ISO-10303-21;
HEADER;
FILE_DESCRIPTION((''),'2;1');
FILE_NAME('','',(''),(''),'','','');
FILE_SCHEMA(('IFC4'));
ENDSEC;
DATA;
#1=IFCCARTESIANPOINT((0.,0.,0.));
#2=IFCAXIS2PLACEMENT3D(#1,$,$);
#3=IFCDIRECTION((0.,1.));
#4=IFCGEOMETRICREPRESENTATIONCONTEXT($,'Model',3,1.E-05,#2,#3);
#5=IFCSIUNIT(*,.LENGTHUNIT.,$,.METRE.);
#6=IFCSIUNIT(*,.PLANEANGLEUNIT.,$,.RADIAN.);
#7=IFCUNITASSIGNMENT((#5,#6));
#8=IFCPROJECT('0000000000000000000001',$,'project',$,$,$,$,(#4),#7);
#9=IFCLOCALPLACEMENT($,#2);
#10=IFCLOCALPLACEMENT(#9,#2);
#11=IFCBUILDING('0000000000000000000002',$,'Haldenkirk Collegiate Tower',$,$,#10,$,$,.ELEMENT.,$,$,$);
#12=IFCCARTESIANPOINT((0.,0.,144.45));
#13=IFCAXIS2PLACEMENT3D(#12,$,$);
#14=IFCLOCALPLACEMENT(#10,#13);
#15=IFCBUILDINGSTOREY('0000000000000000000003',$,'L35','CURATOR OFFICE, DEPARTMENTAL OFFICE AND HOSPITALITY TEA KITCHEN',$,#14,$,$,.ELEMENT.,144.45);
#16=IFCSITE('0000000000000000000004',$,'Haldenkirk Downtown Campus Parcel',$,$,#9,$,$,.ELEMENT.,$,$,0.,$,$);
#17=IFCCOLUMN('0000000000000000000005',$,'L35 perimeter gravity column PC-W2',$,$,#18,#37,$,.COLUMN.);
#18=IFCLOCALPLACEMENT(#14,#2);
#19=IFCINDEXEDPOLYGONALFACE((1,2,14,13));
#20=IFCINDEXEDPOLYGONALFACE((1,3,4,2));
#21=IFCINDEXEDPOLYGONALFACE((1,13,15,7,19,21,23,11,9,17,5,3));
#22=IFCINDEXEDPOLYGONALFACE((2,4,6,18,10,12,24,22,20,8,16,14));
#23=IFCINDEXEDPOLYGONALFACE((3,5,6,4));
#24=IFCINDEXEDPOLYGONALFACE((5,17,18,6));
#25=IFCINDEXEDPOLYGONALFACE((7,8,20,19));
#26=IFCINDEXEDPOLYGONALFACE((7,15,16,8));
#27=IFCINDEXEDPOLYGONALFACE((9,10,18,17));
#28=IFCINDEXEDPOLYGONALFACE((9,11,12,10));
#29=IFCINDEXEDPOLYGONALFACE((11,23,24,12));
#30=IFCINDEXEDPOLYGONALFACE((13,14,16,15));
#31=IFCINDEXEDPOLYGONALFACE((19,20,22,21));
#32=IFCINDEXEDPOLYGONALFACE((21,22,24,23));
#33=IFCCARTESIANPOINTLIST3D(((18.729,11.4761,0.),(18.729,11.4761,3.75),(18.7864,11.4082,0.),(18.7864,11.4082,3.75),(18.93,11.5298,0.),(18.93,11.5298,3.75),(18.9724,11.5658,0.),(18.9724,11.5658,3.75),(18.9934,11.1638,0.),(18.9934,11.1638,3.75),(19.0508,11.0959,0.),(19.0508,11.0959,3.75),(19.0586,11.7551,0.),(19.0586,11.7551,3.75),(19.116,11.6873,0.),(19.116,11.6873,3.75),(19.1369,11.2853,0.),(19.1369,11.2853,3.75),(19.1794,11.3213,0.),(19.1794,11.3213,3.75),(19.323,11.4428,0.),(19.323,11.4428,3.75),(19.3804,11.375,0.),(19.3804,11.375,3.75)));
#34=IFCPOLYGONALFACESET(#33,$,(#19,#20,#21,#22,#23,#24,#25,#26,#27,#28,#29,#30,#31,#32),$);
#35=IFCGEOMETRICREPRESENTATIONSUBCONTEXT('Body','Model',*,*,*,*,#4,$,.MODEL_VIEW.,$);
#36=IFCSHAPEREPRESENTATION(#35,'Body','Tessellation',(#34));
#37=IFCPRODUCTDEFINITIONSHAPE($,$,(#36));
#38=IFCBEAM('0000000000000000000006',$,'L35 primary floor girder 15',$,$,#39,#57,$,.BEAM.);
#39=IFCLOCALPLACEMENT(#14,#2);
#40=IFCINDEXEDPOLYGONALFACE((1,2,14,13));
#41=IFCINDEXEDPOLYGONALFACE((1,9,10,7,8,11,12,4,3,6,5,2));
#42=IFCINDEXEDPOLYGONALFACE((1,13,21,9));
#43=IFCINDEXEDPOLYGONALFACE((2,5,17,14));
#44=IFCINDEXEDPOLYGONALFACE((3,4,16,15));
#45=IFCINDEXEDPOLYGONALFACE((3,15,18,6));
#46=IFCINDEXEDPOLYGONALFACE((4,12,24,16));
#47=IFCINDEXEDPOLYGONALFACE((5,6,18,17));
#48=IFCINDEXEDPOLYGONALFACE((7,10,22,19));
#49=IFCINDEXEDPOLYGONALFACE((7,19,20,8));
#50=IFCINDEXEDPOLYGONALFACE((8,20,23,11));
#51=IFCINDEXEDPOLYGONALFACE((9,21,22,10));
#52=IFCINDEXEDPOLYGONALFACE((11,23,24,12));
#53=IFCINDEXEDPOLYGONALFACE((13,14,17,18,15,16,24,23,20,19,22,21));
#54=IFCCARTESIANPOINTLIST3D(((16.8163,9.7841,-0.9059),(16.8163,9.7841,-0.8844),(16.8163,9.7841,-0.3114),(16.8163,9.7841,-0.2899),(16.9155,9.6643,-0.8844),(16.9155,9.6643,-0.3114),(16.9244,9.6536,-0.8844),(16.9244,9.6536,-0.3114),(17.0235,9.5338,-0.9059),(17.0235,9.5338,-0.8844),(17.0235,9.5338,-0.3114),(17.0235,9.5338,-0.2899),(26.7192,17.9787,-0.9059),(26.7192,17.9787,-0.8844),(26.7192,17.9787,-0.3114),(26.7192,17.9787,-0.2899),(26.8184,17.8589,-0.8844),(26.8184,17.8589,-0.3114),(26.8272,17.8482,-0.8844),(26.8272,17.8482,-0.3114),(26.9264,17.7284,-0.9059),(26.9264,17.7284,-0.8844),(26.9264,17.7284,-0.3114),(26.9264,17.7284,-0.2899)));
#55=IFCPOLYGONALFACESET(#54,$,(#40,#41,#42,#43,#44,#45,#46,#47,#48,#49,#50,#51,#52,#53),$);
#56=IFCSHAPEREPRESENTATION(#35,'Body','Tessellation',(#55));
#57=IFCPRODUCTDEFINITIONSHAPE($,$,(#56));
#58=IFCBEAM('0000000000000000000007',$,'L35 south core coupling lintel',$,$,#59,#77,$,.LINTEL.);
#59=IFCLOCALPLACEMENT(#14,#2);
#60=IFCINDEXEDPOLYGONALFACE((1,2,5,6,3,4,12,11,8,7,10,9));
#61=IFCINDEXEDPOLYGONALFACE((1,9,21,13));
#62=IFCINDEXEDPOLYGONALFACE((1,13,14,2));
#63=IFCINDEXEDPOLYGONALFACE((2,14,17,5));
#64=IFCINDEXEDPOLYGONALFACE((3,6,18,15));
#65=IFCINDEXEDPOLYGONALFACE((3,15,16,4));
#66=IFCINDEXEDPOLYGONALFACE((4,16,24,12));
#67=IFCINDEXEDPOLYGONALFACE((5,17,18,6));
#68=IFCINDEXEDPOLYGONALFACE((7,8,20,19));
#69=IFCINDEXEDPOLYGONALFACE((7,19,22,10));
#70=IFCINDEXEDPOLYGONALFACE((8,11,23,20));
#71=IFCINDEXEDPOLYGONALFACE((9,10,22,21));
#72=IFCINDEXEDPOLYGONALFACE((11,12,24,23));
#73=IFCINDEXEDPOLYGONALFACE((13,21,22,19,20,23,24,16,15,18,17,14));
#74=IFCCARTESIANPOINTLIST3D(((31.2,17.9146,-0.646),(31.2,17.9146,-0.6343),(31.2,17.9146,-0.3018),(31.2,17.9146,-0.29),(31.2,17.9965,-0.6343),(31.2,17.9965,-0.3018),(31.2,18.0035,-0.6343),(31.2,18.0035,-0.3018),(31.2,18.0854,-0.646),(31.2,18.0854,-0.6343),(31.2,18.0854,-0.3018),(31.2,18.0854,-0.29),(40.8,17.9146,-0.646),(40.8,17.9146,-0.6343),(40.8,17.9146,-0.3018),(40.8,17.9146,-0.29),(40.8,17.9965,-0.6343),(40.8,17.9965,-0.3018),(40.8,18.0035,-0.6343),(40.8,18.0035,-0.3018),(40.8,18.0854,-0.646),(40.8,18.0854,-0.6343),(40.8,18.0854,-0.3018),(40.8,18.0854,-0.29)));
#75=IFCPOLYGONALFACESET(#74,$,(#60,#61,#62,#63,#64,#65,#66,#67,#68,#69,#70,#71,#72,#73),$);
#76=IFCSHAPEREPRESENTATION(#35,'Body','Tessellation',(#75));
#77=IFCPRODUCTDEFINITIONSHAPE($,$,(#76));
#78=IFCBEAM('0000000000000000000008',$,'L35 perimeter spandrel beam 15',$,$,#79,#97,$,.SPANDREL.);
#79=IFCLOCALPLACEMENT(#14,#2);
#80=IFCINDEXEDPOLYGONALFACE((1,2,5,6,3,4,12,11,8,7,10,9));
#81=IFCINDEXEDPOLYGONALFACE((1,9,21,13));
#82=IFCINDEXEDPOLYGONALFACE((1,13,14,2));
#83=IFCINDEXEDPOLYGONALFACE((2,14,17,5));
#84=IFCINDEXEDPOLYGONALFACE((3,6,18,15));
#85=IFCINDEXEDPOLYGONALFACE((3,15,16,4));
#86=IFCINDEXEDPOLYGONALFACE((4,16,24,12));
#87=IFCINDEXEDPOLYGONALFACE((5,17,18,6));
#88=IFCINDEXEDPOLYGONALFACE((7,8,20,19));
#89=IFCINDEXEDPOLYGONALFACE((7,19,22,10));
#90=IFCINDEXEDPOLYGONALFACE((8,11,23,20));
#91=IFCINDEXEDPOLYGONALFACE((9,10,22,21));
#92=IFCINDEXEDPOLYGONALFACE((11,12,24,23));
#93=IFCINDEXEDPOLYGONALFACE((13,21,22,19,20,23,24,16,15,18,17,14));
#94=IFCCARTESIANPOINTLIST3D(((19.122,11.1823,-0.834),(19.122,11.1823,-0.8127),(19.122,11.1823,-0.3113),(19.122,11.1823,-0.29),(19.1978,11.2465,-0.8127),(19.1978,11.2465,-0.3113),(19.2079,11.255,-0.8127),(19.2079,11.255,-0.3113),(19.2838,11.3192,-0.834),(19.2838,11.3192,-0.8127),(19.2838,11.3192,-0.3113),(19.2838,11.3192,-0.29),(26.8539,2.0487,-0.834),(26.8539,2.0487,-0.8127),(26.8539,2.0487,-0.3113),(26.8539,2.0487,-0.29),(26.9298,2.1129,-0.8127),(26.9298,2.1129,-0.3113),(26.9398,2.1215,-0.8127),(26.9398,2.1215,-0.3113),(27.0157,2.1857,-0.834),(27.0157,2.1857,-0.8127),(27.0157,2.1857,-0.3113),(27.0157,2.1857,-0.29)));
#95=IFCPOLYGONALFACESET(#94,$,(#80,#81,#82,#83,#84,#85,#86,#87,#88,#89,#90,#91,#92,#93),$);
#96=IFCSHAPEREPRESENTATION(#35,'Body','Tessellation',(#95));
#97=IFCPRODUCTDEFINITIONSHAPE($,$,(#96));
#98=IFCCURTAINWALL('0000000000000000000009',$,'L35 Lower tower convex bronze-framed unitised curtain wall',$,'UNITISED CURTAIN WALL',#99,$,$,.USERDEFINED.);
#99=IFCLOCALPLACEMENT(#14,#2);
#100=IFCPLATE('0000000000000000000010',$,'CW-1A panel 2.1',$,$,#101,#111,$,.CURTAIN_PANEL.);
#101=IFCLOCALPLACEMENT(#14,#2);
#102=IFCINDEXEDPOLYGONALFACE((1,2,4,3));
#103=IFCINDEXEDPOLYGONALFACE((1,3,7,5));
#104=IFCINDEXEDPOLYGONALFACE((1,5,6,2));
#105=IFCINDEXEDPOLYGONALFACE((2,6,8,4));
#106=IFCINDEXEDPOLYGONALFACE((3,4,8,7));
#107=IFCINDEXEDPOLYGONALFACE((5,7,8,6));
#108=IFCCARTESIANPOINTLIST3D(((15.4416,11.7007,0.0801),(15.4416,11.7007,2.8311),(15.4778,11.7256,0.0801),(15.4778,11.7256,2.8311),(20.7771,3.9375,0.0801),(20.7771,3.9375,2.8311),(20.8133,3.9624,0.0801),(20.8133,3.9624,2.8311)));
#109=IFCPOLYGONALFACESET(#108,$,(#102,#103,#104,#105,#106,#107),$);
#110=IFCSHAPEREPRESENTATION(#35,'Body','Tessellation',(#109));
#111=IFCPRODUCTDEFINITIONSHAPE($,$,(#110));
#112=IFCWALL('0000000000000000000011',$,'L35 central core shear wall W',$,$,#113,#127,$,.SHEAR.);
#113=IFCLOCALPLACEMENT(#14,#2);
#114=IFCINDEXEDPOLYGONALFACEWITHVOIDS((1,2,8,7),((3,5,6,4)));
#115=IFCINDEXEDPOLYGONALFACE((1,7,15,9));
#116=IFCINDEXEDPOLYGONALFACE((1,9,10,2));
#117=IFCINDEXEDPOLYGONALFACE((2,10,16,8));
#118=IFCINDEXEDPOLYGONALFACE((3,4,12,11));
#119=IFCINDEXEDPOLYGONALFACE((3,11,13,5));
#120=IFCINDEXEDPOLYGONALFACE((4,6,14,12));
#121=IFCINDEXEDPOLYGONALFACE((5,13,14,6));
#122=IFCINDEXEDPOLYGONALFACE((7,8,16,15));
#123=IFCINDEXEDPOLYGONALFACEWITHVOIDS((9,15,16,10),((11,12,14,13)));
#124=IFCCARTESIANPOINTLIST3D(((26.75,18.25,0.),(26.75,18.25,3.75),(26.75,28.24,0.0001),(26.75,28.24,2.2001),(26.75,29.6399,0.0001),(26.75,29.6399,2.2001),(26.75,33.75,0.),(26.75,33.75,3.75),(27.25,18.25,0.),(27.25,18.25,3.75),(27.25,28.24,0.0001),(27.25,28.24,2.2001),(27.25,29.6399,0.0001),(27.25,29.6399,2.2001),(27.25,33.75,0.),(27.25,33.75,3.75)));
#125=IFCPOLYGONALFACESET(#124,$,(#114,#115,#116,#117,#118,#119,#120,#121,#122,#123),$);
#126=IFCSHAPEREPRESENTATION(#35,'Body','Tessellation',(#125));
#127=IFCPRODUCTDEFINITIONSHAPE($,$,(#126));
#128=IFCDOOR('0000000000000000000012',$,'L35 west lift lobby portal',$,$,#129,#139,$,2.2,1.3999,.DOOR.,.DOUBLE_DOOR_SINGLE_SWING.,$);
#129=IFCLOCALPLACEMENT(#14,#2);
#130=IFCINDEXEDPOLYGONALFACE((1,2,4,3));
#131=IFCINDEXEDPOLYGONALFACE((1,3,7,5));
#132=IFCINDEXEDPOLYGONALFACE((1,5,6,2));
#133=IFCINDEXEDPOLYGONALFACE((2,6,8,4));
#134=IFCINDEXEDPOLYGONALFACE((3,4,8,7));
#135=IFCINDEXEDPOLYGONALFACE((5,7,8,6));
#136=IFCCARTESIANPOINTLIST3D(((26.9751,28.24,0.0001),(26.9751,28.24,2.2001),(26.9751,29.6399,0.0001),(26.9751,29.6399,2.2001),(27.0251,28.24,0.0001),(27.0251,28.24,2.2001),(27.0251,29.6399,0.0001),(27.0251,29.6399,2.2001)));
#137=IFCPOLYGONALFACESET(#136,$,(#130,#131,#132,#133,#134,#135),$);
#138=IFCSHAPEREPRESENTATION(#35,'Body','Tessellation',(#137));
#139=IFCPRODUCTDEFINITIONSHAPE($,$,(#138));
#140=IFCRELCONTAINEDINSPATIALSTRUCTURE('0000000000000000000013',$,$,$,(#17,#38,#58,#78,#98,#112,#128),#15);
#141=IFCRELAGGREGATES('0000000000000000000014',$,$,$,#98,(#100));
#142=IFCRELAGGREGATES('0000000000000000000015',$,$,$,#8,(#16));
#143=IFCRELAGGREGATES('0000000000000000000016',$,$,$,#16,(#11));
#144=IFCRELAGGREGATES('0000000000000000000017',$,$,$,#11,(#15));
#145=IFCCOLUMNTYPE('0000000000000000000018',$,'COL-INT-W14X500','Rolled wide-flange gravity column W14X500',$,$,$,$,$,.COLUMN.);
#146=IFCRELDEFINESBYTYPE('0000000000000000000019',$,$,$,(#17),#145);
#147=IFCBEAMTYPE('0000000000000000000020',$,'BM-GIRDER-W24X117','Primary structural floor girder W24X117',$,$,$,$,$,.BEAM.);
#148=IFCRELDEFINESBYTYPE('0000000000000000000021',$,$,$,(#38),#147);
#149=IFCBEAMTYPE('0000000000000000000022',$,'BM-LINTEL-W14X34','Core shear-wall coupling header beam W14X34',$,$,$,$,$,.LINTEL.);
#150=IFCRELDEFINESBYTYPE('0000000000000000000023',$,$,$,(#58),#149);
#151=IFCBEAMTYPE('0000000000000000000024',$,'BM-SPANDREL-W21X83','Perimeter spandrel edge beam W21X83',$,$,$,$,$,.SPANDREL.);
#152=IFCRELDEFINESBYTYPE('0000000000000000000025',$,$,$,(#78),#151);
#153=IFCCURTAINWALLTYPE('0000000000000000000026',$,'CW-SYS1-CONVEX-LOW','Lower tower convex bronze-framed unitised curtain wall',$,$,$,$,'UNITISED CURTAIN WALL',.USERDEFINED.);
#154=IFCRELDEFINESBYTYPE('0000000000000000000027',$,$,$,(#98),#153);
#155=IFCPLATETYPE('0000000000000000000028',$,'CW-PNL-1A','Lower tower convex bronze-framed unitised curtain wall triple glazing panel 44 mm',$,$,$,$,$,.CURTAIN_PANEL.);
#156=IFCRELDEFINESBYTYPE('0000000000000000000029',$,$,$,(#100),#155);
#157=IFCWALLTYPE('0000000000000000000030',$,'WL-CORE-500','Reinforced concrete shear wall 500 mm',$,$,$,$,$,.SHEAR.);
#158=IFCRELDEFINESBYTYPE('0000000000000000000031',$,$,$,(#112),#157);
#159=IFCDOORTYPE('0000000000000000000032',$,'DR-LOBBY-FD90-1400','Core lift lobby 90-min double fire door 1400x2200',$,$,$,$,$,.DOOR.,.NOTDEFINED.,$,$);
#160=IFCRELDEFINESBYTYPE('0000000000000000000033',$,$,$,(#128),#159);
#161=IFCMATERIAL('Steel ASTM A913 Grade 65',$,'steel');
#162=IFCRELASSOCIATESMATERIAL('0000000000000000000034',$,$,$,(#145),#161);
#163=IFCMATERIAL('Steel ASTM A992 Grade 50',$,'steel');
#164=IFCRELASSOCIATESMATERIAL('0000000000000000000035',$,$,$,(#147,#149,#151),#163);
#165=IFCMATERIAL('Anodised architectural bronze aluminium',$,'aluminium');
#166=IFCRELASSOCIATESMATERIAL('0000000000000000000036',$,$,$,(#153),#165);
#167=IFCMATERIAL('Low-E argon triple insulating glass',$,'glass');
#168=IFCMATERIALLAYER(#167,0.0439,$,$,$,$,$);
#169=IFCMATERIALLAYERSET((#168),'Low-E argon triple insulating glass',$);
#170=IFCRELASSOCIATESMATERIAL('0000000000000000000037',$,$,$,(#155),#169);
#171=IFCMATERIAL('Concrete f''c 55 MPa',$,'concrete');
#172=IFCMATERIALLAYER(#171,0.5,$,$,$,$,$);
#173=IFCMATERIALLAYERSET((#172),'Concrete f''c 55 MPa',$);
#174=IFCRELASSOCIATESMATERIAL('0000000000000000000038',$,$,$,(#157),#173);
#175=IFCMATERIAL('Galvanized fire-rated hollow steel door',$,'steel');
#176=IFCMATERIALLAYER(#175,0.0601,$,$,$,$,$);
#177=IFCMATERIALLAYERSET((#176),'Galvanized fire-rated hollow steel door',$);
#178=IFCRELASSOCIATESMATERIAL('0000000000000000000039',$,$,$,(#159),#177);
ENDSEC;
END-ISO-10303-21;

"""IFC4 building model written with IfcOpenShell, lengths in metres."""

from ifc_helpers import new_model, si_unit, direction, frame, frame_2d, origin, origin_2d, place, context, subcontext, project, spatial, rectangle, i_section, extrude, source, transform, mapped, material, layer, layer_set, material_profile, profile_set, type_object, element, fill, aggregate, save


model = new_model("IFC4")

# Units and contexts
model_context = context("Model", 3, precision=1e-05, world=origin(), true_north=direction((0.0, 1.0)))
body_context = subcontext(model_context, "Body", "Model", "MODEL_VIEW")
ifc_project = project(units=[si_unit("LENGTHUNIT", "METRE"), si_unit("PLANEANGLEUNIT", "RADIAN")], contexts=[model_context])

# Site, building, storey
site_placement = place(None, origin())
site = spatial("IfcSite", under=ifc_project, at=site_placement, Name="Haldenkirk Downtown Campus Parcel", CompositionType="ELEMENT", RefElevation=0.0)
building_placement = place(site_placement, origin())
building = spatial("IfcBuilding", under=site, at=building_placement, Name="Haldenkirk Collegiate Tower", CompositionType="ELEMENT")
storey_placement = place(building_placement, frame((0.0, 0.0, 144.45)))
storey = spatial("IfcBuildingStorey", under=building, at=storey_placement, Name="L35", Description="CURATOR OFFICE, DEPARTMENTAL OFFICE AND HOSPITALITY TEA KITCHEN", CompositionType="ELEMENT", Elevation=144.45)

# Column
ifc_material_1 = material(Name="Steel ASTM A913 Grade 65", Category="steel")
ifc_material_profile_1 = material_profile(ifc_material_1, i_section(OverallWidth=0.4319, OverallDepth=0.498, WebThickness=0.0557, FlangeThickness=0.0889, at=origin_2d()), Name="W14X500")
ifc_profile_set_1 = profile_set([ifc_material_profile_1], Name="Steel ASTM A913 Grade 65")
column_type = type_object("IfcColumnType", Name="COL-INT-W14X500", Description="Rolled wide-flange gravity column W14X500", PredefinedType="COLUMN", material=ifc_profile_set_1)
column_placement = place(storey_placement, frame((19.0547, 11.4255, 0.0), z_axis=(0.0, 0.0, 1.0), x_axis=(0.763232, 0.646124, 0.0)))
element("IfcColumn", 1, at=column_placement, inside=storey, type_object=column_type, Name="L35 perimeter gravity column PC-W2", PredefinedType="COLUMN", context=body_context, shape_type="SweptSolid", body=[
    extrude(i_section(OverallWidth=0.4319, OverallDepth=0.498, WebThickness=0.0557, FlangeThickness=0.0889, at=origin_2d()), origin(), (0.0, 0.0, 1.0), 3.75),
])

# Beams
ifc_material_2 = material(Name="Steel ASTM A992 Grade 50", Category="steel")
ifc_material_profile_2 = material_profile(ifc_material_2, i_section(OverallWidth=0.325, OverallDepth=0.616, WebThickness=0.0139, FlangeThickness=0.0215, at=origin_2d()), Name="W24X117")
ifc_profile_set_2 = profile_set([ifc_material_profile_2], Name="Steel ASTM A992 Grade 50")
beam_type_1 = type_object("IfcBeamType", Name="BM-GIRDER-W24X117", Description="Primary structural floor girder W24X117", PredefinedType="BEAM", material=ifc_profile_set_2)
beam_1_placement = place(storey_placement, frame((16.9199, 9.6589, -0.5979), z_axis=(0.770427, 0.637528, 0.0), x_axis=(-0.637528, 0.770427, 0.0)))
element("IfcBeam", 2, at=beam_1_placement, inside=storey, type_object=beam_type_1, Name="L35 primary floor girder 15", PredefinedType="BEAM", context=body_context, shape_type="SweptSolid", body=[
    extrude(i_section(OverallWidth=0.325, OverallDepth=0.616, WebThickness=0.0139, FlangeThickness=0.0215, at=origin_2d()), origin(), (0.0, 0.0, 1.0), 12.8538),
])
ifc_material_profile_3 = material_profile(ifc_material_2, i_section(OverallWidth=0.1709, OverallDepth=0.356, WebThickness=0.0071, FlangeThickness=0.0117, at=origin_2d()), Name="W14X34")
ifc_profile_set_3 = profile_set([ifc_material_profile_3], Name="Steel ASTM A992 Grade 50")
beam_type_2 = type_object("IfcBeamType", Name="BM-LINTEL-W14X34", Description="Core shear-wall coupling header beam W14X34", PredefinedType="LINTEL", material=ifc_profile_set_3)
beam_2_placement = place(storey_placement, frame((31.2, 18.0, -0.468), z_axis=(1.0, 0.0, 0.0), x_axis=(0.0, 1.0, 0.0)))
element("IfcBeam", 3, at=beam_2_placement, inside=storey, type_object=beam_type_2, Name="L35 south core coupling lintel", PredefinedType="LINTEL", context=body_context, shape_type="SweptSolid", body=[
    extrude(i_section(OverallWidth=0.1709, OverallDepth=0.356, WebThickness=0.0071, FlangeThickness=0.0117, at=origin_2d()), origin(), (0.0, 0.0, 1.0), 9.6001),
])
ifc_material_profile_4 = material_profile(ifc_material_2, i_section(OverallWidth=0.2119, OverallDepth=0.5439, WebThickness=0.0132, FlangeThickness=0.0212, at=origin_2d()), Name="W21X83")
ifc_profile_set_4 = profile_set([ifc_material_profile_4], Name="Steel ASTM A992 Grade 50")
beam_type_3 = type_object("IfcBeamType", Name="BM-SPANDREL-W21X83", Description="Perimeter spandrel edge beam W21X83", PredefinedType="SPANDREL", material=ifc_profile_set_4)
beam_3_placement = place(storey_placement, frame((19.2029, 11.2507, -0.562), z_axis=(0.646115, -0.76324, 0.0), x_axis=(0.76324, 0.646115, 0.0)))
element("IfcBeam", 4, at=beam_3_placement, inside=storey, type_object=beam_type_3, Name="L35 perimeter spandrel beam 15", PredefinedType="SPANDREL", context=body_context, shape_type="SweptSolid", body=[
    extrude(i_section(OverallWidth=0.2119, OverallDepth=0.5439, WebThickness=0.0132, FlangeThickness=0.0212, at=origin_2d()), origin(), (0.0, 0.0, 1.0), 11.9668),
])

# Curtain wall, plate
ifc_material_3 = material(Name="Anodised architectural bronze aluminium", Category="aluminium")
curtain_wall_type = type_object("IfcCurtainWallType", Name="CW-SYS1-CONVEX-LOW", Description="Lower tower convex bronze-framed unitised curtain wall", ElementType="UNITISED CURTAIN WALL", PredefinedType="USERDEFINED", material=ifc_material_3)
curtain_wall_placement = place(storey_placement, origin())
curtain_wall = element("IfcCurtainWall", 5, at=curtain_wall_placement, inside=storey, type_object=curtain_wall_type, Name="L35 Lower tower convex bronze-framed unitised curtain wall", ObjectType="UNITISED CURTAIN WALL", PredefinedType="USERDEFINED")
ifc_material_4 = material(Name="Low-E argon triple insulating glass", Category="glass")
ifc_layer_1 = layer(ifc_material_4, 0.0439)
ifc_layer_set_1 = layer_set([ifc_layer_1], Name="Low-E argon triple insulating glass")
plate_type = type_object("IfcPlateType", Name="CW-PNL-1A", Description="Lower tower convex bronze-framed unitised curtain wall triple glazing panel 44 mm", PredefinedType="CURTAIN_PANEL", material=ifc_layer_set_1)
shared_shape = source(origin(), body_context, "Body", "SweptSolid", [
    extrude(rectangle(XDim=9.4199, YDim=0.0439, at=origin_2d()), origin(), (0.0, 0.0, 1.0), 2.751),
])
plate_placement = place(storey_placement, frame((18.1274, 7.8315, 0.0801), z_axis=(0.0, 0.0, 1.0), x_axis=(-0.566403, 0.824129, 0.0)))
plate = element("IfcPlate", 6, at=plate_placement, type_object=plate_type, Name="CW-1A panel 2.1", PredefinedType="CURTAIN_PANEL", context=body_context, shape_type="MappedRepresentation", body=[
    mapped(shared_shape, transform((0.0, 0.0, 0.0), x_axis=(1.0, 0.0, 0.0), y_axis=(0.0, 1.0, 0.0), z_axis=(0.0, 0.0, 1.0), scale=1.0)),
])
aggregate(curtain_wall, [plate])

# Shared definitions
ifc_material_5 = material(Name="Concrete f'c 55 MPa", Category="concrete")
ifc_layer_2 = layer(ifc_material_5, 0.5)
ifc_layer_set_2 = layer_set([ifc_layer_2], Name="Concrete f'c 55 MPa")
wall_type_1 = type_object("IfcWallType", Name="WL-CORE-500", Description="Reinforced concrete shear wall 500 mm", PredefinedType="SHEAR", material=ifc_layer_set_2)
ifc_material_6 = material(Name="Galvanized fire-rated hollow steel door", Category="steel")

# Wall, opening, door
wall_1_placement = place(storey_placement, frame((27.0, 18.25, 0.0), z_axis=(0.0, 0.0, 1.0), x_axis=(0.0, 1.0, 0.0)))
wall_1 = element("IfcWall", 7, at=wall_1_placement, inside=storey, type_object=wall_type_1, Name="L35 central core shear wall W", PredefinedType="SHEAR", context=body_context, shape_type="SweptSolid", body=[
    extrude(rectangle(XDim=15.5, YDim=0.5, at=frame_2d((7.75, 0.0))), origin(), (0.0, 0.0, 1.0), 3.75),
])
opening_1_placement = place(wall_1_placement, frame((9.99, 0.0, 0.0)))
opening_1 = element("IfcOpeningElement", 8, at=opening_1_placement, cuts=wall_1, PredefinedType="OPENING", context=body_context, shape_type="SweptSolid", body=[
    extrude(rectangle(XDim=1.3999, YDim=2.2, at=frame_2d((0.7, 1.1001))), frame((0.0, 0.26, 0.0), z_axis=(0.0, -1.0, 0.0), x_axis=(1.0, 0.0, 0.0)), (0.0, 0.0, 1.0), 0.52),
])
ifc_layer_3 = layer(ifc_material_6, 0.0601)
ifc_layer_set_3 = layer_set([ifc_layer_3], Name="Galvanized fire-rated hollow steel door")
door_type_1 = type_object("IfcDoorType", Name="DR-LOBBY-FD90-1400", Description="Core lift lobby 90-min double fire door 1400x2200", OperationType="NOTDEFINED", PredefinedType="DOOR", material=ifc_layer_set_3)
door_1_placement = place(opening_1_placement, origin())
door_1 = element("IfcDoor", 9, at=door_1_placement, inside=storey, type_object=door_type_1, Name="L35 west lift lobby portal", OperationType="DOUBLE_DOOR_SINGLE_SWING", OverallHeight=2.2, OverallWidth=1.3999, PredefinedType="DOOR", context=body_context, shape_type="SweptSolid", body=[
    extrude(rectangle(XDim=1.3999, YDim=2.2, at=frame_2d((0.7, 1.1001))), frame((0.0, 0.0249, 0.0), z_axis=(0.0, -1.0, 0.0), x_axis=(1.0, 0.0, 0.0)), (0.0, 0.0, 1.0), 0.05),
])
fill(opening_1, door_1)

save(model, "model.ifc")
